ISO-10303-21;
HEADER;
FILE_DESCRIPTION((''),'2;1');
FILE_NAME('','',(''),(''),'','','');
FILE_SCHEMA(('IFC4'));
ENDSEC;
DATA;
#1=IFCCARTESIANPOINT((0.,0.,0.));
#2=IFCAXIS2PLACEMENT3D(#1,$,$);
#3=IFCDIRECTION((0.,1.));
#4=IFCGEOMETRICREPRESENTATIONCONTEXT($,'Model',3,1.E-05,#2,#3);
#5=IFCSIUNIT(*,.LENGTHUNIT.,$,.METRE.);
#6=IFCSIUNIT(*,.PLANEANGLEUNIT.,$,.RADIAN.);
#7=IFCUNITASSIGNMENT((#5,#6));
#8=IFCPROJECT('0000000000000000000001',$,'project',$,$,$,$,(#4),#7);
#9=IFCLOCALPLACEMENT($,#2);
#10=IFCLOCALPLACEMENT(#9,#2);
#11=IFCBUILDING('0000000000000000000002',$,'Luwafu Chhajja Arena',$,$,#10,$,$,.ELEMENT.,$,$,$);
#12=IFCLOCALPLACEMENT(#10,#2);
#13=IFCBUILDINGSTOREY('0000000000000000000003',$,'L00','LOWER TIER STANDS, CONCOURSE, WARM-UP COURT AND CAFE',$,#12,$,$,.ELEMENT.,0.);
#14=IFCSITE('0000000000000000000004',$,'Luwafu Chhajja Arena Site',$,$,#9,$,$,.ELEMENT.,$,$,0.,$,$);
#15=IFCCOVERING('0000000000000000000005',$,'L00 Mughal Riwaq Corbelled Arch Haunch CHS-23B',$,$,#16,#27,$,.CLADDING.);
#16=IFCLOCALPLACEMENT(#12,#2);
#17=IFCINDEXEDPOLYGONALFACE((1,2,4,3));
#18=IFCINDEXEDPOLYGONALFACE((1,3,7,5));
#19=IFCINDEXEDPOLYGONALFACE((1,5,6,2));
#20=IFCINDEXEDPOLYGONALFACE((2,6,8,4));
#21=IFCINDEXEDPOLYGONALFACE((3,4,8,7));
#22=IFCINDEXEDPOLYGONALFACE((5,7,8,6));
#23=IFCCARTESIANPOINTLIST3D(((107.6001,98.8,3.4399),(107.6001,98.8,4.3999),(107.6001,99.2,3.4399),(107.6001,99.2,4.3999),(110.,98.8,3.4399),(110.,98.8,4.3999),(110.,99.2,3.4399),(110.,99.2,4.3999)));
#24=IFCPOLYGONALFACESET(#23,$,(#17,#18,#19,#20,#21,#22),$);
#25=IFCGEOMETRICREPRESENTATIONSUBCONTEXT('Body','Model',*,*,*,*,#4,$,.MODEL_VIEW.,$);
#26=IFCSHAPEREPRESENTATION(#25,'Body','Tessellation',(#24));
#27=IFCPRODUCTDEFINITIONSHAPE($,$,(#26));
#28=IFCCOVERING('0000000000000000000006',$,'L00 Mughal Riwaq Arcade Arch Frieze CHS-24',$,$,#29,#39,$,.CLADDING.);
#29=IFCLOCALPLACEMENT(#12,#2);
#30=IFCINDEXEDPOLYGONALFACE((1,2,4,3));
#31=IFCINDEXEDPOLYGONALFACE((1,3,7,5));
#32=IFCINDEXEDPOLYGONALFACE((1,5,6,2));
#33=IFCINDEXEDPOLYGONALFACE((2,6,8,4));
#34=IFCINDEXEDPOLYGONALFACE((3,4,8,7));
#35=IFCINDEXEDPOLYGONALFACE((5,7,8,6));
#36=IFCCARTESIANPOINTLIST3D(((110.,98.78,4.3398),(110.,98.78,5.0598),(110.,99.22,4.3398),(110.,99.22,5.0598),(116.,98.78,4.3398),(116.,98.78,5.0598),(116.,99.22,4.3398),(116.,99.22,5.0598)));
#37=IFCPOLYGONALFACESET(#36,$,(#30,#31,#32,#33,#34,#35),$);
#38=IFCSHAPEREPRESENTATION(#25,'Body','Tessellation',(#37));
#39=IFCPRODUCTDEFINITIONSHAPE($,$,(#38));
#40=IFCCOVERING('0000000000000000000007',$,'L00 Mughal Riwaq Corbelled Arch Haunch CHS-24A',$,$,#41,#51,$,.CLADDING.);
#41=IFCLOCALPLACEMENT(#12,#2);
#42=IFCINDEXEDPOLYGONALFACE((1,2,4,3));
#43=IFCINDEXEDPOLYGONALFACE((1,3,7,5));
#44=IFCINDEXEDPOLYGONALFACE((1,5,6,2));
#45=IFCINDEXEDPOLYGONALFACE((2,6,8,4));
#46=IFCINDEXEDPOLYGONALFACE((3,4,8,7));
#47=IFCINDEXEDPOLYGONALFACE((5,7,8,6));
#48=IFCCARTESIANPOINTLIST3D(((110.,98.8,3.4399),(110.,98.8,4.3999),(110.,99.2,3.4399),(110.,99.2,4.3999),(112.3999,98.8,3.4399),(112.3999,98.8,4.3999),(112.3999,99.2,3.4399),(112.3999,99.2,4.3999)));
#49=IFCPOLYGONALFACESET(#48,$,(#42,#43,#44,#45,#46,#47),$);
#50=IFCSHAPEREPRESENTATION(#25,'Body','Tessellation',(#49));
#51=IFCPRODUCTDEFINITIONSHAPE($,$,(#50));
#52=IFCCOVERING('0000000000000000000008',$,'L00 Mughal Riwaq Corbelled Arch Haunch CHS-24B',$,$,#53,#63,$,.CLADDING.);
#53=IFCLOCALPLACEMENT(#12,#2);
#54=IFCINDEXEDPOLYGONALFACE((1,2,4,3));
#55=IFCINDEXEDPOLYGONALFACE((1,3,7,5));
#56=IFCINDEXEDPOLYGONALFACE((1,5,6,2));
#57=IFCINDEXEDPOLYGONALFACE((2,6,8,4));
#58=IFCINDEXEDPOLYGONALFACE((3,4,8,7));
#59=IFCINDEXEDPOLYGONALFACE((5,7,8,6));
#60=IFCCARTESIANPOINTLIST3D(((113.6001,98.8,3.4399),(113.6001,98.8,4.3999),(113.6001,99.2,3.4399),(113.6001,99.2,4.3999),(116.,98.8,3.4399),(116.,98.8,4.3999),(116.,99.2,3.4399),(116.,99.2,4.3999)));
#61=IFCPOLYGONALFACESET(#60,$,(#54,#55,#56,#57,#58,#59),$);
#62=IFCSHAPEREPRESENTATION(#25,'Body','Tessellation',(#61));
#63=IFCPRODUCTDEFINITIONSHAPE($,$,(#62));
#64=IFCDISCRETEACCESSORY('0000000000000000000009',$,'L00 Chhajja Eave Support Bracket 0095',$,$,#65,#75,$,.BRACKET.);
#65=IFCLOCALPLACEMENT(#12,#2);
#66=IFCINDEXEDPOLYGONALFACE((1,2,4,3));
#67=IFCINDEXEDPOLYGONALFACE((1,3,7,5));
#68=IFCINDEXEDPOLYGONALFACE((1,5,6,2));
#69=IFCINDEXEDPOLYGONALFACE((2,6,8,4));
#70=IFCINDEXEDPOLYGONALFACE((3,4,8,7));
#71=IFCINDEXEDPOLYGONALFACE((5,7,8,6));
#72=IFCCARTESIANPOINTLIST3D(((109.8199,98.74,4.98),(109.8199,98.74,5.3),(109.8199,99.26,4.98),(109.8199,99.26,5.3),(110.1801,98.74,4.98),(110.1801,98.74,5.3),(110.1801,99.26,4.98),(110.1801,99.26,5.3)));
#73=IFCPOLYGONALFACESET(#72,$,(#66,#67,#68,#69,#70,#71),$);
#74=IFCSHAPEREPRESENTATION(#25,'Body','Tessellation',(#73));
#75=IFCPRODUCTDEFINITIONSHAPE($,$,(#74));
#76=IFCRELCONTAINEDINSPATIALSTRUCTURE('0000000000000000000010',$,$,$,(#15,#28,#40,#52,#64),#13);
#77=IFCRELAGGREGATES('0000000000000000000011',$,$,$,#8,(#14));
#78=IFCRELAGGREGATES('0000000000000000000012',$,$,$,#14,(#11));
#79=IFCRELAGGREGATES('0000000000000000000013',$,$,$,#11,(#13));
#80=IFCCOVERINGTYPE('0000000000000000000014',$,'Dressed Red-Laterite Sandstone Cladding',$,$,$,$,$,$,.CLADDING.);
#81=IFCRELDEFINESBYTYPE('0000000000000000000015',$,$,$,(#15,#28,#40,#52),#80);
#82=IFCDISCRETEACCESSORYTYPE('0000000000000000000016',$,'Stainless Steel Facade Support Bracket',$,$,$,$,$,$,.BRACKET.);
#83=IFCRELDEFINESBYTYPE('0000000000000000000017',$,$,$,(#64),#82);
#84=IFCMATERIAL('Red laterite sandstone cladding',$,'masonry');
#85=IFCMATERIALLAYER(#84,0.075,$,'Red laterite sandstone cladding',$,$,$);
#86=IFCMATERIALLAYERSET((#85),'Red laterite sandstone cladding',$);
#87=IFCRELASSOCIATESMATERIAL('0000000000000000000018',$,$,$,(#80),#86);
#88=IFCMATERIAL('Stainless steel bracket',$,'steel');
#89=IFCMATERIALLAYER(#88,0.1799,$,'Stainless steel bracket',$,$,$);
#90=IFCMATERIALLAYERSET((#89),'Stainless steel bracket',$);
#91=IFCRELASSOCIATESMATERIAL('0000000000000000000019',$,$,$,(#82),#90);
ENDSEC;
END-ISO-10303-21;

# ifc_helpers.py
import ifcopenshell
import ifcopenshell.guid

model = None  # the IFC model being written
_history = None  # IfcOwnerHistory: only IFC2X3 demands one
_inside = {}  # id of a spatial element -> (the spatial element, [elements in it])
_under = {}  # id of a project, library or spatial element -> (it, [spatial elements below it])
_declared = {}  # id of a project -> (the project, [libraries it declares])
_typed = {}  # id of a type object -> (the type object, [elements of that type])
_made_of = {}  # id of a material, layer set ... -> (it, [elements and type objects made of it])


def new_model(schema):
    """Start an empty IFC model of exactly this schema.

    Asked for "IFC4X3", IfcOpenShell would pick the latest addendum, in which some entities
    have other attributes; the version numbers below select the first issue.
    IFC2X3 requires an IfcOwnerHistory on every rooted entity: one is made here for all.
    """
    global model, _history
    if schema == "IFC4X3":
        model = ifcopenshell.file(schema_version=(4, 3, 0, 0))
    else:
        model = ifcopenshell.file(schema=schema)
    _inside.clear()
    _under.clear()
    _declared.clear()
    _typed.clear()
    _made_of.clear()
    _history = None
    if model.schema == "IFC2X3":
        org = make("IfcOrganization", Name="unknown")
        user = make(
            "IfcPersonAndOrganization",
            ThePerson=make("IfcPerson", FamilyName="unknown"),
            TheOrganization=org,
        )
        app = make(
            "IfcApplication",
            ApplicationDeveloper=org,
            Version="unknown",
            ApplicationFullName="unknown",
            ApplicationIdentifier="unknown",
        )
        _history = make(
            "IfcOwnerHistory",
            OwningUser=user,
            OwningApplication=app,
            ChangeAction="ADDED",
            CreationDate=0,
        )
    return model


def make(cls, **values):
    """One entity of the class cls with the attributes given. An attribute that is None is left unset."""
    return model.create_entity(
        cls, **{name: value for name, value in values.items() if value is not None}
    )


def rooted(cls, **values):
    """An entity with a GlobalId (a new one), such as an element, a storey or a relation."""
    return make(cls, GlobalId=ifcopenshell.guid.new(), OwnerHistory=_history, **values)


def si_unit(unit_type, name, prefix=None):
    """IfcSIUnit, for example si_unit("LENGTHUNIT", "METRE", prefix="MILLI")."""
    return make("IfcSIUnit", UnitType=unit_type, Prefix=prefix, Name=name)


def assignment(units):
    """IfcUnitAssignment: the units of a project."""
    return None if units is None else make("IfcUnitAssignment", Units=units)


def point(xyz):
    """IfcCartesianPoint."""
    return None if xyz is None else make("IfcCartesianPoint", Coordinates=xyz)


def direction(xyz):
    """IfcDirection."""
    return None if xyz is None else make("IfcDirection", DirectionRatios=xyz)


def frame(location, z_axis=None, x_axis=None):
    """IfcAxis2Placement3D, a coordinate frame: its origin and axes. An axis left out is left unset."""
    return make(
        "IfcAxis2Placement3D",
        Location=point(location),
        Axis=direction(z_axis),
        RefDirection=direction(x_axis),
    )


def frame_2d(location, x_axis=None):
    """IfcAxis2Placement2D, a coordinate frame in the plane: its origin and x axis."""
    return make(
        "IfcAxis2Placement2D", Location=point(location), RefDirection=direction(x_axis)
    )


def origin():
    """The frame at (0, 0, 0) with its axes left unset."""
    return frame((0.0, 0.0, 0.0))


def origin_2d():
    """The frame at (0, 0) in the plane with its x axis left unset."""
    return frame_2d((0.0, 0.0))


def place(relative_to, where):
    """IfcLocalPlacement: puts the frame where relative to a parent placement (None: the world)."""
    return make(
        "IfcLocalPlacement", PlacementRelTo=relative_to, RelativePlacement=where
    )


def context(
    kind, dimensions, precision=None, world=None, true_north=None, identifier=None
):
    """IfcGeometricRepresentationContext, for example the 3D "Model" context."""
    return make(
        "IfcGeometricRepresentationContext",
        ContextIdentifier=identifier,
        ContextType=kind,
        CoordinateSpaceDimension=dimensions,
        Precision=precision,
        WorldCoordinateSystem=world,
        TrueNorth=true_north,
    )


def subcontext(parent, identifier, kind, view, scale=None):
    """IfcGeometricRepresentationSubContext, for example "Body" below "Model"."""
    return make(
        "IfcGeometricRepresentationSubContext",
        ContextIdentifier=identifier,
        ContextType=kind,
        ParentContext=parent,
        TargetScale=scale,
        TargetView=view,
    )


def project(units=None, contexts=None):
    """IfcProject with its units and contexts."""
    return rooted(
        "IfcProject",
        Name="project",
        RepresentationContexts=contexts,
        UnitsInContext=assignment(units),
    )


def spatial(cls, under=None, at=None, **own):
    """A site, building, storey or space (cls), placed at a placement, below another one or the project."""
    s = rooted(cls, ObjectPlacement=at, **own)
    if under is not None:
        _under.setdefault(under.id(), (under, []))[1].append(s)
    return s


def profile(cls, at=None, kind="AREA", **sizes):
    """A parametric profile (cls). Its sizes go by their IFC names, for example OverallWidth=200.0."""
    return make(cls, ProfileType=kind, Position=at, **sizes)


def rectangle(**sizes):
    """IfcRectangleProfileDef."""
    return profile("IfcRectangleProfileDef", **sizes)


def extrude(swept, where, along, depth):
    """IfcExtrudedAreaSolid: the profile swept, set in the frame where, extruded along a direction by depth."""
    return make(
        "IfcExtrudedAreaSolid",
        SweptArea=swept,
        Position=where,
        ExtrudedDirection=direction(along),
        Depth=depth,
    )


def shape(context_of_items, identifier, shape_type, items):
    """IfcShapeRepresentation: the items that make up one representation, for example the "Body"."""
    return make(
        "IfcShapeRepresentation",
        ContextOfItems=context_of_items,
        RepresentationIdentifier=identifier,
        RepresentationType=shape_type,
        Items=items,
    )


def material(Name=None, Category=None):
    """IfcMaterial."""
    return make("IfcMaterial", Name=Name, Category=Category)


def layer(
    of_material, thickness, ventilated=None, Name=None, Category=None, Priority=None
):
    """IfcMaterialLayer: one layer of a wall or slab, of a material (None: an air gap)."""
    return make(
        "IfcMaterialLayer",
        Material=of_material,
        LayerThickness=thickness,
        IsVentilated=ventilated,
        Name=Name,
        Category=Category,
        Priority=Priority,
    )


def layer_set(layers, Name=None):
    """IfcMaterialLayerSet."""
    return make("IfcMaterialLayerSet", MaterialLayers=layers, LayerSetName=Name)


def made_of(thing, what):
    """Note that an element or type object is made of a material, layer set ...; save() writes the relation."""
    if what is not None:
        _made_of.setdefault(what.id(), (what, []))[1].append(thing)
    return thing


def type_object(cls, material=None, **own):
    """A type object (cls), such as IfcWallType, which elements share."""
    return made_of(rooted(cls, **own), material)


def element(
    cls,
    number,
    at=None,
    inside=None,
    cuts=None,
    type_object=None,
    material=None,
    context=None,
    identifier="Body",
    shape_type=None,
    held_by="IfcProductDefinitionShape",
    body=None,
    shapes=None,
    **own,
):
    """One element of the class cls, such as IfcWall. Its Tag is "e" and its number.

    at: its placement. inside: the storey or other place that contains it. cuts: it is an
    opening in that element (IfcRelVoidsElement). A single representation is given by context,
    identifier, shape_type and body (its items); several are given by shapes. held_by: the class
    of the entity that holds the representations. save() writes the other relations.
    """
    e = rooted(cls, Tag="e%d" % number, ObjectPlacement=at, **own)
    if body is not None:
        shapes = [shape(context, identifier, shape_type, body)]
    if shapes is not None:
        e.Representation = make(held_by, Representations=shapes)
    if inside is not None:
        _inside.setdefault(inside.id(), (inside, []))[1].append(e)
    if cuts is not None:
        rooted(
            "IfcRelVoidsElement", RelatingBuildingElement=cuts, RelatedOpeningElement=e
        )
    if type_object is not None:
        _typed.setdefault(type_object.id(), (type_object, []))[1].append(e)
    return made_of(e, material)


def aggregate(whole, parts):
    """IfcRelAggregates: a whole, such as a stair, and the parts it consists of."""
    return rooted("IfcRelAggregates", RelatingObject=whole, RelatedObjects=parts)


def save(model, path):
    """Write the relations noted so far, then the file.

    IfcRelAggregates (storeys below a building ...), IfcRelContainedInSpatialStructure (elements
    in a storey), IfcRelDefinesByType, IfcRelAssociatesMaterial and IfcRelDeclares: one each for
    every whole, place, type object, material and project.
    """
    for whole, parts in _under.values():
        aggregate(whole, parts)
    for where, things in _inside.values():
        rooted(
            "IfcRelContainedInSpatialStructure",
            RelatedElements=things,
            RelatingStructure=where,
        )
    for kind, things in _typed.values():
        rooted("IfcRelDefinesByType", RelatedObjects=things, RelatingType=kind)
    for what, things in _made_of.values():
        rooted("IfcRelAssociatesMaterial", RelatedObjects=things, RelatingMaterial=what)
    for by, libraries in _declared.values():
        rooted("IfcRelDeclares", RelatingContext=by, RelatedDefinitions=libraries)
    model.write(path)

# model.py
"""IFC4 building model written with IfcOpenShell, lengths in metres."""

from ifc_helpers import new_model, si_unit, direction, frame, origin, origin_2d, place, context, subcontext, project, spatial, rectangle, extrude, material, layer, layer_set, type_object, element, save


model = new_model("IFC4")

# Units and contexts
model_context = context("Model", 3, precision=1e-05, world=origin(), true_north=direction((0.0, 1.0)))
body_context = subcontext(model_context, "Body", "Model", "MODEL_VIEW")
ifc_project = project(units=[si_unit("LENGTHUNIT", "METRE"), si_unit("PLANEANGLEUNIT", "RADIAN")], contexts=[model_context])

# Site, building, storey
site_placement = place(None, origin())
site = spatial("IfcSite", under=ifc_project, at=site_placement, Name="Luwafu Chhajja Arena Site", CompositionType="ELEMENT", RefElevation=0.0)
building_placement = place(site_placement, origin())
building = spatial("IfcBuilding", under=site, at=building_placement, Name="Luwafu Chhajja Arena", CompositionType="ELEMENT")
storey_placement = place(building_placement, origin())
storey = spatial("IfcBuildingStorey", under=building, at=storey_placement, Name="L00", Description="LOWER TIER STANDS, CONCOURSE, WARM-UP COURT AND CAFE", CompositionType="ELEMENT", Elevation=0.0)

# Coverings
ifc_material_1 = material(Name="Red laterite sandstone cladding", Category="masonry")
ifc_layer_1 = layer(ifc_material_1, 0.075, Name="Red laterite sandstone cladding")
ifc_layer_set_1 = layer_set([ifc_layer_1], Name="Red laterite sandstone cladding")
covering_type = type_object("IfcCoveringType", Name="Dressed Red-Laterite Sandstone Cladding", PredefinedType="CLADDING", material=ifc_layer_set_1)
covering_1_placement = place(storey_placement, frame((108.8, 99.0, 3.4399), z_axis=(0.0, 0.0, 1.0), x_axis=(1.0, 0.0, 0.0)))
element("IfcCovering", 1, at=covering_1_placement, inside=storey, type_object=covering_type, Name="L00 Mughal Riwaq Corbelled Arch Haunch CHS-23B", PredefinedType="CLADDING", context=body_context, shape_type="SweptSolid", body=[
    extrude(rectangle(XDim=2.3999, YDim=0.3999, at=origin_2d()), origin(), (0.0, 0.0, 1.0), 0.96),
])
covering_2_placement = place(storey_placement, frame((113.0, 99.0, 4.3398), z_axis=(0.0, 0.0, 1.0), x_axis=(1.0, 0.0, 0.0)))
element("IfcCovering", 2, at=covering_2_placement, inside=storey, type_object=covering_type, Name="L00 Mughal Riwaq Arcade Arch Frieze CHS-24", PredefinedType="CLADDING", context=body_context, shape_type="SweptSolid", body=[
    extrude(rectangle(XDim=6.0, YDim=0.4399, at=origin_2d()), origin(), (0.0, 0.0, 1.0), 0.72),
])
for number, where, z_axis, x_axis, name in (
    (3, (111.2, 99.0, 3.4399), (0.0, 0.0, 1.0), (1.0, 0.0, 0.0), "L00 Mughal Riwaq Corbelled Arch Haunch CHS-24A"),
    (4, (114.8, 99.0, 3.4399), (0.0, 0.0, 1.0), (1.0, 0.0, 0.0), "L00 Mughal Riwaq Corbelled Arch Haunch CHS-24B"),
):
    element("IfcCovering", number, at=place(storey_placement, frame(where, z_axis=z_axis, x_axis=x_axis)), inside=storey, type_object=covering_type, Name=name, PredefinedType="CLADDING", context=body_context, shape_type="SweptSolid", body=[
        extrude(rectangle(XDim=2.3999, YDim=0.3999, at=origin_2d()), origin(), (0.0, 0.0, 1.0), 0.96),
    ])

# Discrete accessory
ifc_material_2 = material(Name="Stainless steel bracket", Category="steel")
ifc_layer_2 = layer(ifc_material_2, 0.1799, Name="Stainless steel bracket")
ifc_layer_set_2 = layer_set([ifc_layer_2], Name="Stainless steel bracket")
discrete_accessory_type = type_object("IfcDiscreteAccessoryType", Name="Stainless Steel Facade Support Bracket", PredefinedType="BRACKET", material=ifc_layer_set_2)
discrete_accessory_placement = place(storey_placement, frame((110.0, 99.0, 4.98), z_axis=(0.0, 0.0, 1.0), x_axis=(1.0, 0.0, 0.0)))
element("IfcDiscreteAccessory", 5, at=discrete_accessory_placement, inside=storey, type_object=discrete_accessory_type, Name="L00 Chhajja Eave Support Bracket 0095", PredefinedType="BRACKET", context=body_context, shape_type="SweptSolid", body=[
    extrude(rectangle(XDim=0.3601, YDim=0.52, at=origin_2d()), origin(), (0.0, 0.0, 1.0), 0.3201),
])

save(model, "model.ifc")
